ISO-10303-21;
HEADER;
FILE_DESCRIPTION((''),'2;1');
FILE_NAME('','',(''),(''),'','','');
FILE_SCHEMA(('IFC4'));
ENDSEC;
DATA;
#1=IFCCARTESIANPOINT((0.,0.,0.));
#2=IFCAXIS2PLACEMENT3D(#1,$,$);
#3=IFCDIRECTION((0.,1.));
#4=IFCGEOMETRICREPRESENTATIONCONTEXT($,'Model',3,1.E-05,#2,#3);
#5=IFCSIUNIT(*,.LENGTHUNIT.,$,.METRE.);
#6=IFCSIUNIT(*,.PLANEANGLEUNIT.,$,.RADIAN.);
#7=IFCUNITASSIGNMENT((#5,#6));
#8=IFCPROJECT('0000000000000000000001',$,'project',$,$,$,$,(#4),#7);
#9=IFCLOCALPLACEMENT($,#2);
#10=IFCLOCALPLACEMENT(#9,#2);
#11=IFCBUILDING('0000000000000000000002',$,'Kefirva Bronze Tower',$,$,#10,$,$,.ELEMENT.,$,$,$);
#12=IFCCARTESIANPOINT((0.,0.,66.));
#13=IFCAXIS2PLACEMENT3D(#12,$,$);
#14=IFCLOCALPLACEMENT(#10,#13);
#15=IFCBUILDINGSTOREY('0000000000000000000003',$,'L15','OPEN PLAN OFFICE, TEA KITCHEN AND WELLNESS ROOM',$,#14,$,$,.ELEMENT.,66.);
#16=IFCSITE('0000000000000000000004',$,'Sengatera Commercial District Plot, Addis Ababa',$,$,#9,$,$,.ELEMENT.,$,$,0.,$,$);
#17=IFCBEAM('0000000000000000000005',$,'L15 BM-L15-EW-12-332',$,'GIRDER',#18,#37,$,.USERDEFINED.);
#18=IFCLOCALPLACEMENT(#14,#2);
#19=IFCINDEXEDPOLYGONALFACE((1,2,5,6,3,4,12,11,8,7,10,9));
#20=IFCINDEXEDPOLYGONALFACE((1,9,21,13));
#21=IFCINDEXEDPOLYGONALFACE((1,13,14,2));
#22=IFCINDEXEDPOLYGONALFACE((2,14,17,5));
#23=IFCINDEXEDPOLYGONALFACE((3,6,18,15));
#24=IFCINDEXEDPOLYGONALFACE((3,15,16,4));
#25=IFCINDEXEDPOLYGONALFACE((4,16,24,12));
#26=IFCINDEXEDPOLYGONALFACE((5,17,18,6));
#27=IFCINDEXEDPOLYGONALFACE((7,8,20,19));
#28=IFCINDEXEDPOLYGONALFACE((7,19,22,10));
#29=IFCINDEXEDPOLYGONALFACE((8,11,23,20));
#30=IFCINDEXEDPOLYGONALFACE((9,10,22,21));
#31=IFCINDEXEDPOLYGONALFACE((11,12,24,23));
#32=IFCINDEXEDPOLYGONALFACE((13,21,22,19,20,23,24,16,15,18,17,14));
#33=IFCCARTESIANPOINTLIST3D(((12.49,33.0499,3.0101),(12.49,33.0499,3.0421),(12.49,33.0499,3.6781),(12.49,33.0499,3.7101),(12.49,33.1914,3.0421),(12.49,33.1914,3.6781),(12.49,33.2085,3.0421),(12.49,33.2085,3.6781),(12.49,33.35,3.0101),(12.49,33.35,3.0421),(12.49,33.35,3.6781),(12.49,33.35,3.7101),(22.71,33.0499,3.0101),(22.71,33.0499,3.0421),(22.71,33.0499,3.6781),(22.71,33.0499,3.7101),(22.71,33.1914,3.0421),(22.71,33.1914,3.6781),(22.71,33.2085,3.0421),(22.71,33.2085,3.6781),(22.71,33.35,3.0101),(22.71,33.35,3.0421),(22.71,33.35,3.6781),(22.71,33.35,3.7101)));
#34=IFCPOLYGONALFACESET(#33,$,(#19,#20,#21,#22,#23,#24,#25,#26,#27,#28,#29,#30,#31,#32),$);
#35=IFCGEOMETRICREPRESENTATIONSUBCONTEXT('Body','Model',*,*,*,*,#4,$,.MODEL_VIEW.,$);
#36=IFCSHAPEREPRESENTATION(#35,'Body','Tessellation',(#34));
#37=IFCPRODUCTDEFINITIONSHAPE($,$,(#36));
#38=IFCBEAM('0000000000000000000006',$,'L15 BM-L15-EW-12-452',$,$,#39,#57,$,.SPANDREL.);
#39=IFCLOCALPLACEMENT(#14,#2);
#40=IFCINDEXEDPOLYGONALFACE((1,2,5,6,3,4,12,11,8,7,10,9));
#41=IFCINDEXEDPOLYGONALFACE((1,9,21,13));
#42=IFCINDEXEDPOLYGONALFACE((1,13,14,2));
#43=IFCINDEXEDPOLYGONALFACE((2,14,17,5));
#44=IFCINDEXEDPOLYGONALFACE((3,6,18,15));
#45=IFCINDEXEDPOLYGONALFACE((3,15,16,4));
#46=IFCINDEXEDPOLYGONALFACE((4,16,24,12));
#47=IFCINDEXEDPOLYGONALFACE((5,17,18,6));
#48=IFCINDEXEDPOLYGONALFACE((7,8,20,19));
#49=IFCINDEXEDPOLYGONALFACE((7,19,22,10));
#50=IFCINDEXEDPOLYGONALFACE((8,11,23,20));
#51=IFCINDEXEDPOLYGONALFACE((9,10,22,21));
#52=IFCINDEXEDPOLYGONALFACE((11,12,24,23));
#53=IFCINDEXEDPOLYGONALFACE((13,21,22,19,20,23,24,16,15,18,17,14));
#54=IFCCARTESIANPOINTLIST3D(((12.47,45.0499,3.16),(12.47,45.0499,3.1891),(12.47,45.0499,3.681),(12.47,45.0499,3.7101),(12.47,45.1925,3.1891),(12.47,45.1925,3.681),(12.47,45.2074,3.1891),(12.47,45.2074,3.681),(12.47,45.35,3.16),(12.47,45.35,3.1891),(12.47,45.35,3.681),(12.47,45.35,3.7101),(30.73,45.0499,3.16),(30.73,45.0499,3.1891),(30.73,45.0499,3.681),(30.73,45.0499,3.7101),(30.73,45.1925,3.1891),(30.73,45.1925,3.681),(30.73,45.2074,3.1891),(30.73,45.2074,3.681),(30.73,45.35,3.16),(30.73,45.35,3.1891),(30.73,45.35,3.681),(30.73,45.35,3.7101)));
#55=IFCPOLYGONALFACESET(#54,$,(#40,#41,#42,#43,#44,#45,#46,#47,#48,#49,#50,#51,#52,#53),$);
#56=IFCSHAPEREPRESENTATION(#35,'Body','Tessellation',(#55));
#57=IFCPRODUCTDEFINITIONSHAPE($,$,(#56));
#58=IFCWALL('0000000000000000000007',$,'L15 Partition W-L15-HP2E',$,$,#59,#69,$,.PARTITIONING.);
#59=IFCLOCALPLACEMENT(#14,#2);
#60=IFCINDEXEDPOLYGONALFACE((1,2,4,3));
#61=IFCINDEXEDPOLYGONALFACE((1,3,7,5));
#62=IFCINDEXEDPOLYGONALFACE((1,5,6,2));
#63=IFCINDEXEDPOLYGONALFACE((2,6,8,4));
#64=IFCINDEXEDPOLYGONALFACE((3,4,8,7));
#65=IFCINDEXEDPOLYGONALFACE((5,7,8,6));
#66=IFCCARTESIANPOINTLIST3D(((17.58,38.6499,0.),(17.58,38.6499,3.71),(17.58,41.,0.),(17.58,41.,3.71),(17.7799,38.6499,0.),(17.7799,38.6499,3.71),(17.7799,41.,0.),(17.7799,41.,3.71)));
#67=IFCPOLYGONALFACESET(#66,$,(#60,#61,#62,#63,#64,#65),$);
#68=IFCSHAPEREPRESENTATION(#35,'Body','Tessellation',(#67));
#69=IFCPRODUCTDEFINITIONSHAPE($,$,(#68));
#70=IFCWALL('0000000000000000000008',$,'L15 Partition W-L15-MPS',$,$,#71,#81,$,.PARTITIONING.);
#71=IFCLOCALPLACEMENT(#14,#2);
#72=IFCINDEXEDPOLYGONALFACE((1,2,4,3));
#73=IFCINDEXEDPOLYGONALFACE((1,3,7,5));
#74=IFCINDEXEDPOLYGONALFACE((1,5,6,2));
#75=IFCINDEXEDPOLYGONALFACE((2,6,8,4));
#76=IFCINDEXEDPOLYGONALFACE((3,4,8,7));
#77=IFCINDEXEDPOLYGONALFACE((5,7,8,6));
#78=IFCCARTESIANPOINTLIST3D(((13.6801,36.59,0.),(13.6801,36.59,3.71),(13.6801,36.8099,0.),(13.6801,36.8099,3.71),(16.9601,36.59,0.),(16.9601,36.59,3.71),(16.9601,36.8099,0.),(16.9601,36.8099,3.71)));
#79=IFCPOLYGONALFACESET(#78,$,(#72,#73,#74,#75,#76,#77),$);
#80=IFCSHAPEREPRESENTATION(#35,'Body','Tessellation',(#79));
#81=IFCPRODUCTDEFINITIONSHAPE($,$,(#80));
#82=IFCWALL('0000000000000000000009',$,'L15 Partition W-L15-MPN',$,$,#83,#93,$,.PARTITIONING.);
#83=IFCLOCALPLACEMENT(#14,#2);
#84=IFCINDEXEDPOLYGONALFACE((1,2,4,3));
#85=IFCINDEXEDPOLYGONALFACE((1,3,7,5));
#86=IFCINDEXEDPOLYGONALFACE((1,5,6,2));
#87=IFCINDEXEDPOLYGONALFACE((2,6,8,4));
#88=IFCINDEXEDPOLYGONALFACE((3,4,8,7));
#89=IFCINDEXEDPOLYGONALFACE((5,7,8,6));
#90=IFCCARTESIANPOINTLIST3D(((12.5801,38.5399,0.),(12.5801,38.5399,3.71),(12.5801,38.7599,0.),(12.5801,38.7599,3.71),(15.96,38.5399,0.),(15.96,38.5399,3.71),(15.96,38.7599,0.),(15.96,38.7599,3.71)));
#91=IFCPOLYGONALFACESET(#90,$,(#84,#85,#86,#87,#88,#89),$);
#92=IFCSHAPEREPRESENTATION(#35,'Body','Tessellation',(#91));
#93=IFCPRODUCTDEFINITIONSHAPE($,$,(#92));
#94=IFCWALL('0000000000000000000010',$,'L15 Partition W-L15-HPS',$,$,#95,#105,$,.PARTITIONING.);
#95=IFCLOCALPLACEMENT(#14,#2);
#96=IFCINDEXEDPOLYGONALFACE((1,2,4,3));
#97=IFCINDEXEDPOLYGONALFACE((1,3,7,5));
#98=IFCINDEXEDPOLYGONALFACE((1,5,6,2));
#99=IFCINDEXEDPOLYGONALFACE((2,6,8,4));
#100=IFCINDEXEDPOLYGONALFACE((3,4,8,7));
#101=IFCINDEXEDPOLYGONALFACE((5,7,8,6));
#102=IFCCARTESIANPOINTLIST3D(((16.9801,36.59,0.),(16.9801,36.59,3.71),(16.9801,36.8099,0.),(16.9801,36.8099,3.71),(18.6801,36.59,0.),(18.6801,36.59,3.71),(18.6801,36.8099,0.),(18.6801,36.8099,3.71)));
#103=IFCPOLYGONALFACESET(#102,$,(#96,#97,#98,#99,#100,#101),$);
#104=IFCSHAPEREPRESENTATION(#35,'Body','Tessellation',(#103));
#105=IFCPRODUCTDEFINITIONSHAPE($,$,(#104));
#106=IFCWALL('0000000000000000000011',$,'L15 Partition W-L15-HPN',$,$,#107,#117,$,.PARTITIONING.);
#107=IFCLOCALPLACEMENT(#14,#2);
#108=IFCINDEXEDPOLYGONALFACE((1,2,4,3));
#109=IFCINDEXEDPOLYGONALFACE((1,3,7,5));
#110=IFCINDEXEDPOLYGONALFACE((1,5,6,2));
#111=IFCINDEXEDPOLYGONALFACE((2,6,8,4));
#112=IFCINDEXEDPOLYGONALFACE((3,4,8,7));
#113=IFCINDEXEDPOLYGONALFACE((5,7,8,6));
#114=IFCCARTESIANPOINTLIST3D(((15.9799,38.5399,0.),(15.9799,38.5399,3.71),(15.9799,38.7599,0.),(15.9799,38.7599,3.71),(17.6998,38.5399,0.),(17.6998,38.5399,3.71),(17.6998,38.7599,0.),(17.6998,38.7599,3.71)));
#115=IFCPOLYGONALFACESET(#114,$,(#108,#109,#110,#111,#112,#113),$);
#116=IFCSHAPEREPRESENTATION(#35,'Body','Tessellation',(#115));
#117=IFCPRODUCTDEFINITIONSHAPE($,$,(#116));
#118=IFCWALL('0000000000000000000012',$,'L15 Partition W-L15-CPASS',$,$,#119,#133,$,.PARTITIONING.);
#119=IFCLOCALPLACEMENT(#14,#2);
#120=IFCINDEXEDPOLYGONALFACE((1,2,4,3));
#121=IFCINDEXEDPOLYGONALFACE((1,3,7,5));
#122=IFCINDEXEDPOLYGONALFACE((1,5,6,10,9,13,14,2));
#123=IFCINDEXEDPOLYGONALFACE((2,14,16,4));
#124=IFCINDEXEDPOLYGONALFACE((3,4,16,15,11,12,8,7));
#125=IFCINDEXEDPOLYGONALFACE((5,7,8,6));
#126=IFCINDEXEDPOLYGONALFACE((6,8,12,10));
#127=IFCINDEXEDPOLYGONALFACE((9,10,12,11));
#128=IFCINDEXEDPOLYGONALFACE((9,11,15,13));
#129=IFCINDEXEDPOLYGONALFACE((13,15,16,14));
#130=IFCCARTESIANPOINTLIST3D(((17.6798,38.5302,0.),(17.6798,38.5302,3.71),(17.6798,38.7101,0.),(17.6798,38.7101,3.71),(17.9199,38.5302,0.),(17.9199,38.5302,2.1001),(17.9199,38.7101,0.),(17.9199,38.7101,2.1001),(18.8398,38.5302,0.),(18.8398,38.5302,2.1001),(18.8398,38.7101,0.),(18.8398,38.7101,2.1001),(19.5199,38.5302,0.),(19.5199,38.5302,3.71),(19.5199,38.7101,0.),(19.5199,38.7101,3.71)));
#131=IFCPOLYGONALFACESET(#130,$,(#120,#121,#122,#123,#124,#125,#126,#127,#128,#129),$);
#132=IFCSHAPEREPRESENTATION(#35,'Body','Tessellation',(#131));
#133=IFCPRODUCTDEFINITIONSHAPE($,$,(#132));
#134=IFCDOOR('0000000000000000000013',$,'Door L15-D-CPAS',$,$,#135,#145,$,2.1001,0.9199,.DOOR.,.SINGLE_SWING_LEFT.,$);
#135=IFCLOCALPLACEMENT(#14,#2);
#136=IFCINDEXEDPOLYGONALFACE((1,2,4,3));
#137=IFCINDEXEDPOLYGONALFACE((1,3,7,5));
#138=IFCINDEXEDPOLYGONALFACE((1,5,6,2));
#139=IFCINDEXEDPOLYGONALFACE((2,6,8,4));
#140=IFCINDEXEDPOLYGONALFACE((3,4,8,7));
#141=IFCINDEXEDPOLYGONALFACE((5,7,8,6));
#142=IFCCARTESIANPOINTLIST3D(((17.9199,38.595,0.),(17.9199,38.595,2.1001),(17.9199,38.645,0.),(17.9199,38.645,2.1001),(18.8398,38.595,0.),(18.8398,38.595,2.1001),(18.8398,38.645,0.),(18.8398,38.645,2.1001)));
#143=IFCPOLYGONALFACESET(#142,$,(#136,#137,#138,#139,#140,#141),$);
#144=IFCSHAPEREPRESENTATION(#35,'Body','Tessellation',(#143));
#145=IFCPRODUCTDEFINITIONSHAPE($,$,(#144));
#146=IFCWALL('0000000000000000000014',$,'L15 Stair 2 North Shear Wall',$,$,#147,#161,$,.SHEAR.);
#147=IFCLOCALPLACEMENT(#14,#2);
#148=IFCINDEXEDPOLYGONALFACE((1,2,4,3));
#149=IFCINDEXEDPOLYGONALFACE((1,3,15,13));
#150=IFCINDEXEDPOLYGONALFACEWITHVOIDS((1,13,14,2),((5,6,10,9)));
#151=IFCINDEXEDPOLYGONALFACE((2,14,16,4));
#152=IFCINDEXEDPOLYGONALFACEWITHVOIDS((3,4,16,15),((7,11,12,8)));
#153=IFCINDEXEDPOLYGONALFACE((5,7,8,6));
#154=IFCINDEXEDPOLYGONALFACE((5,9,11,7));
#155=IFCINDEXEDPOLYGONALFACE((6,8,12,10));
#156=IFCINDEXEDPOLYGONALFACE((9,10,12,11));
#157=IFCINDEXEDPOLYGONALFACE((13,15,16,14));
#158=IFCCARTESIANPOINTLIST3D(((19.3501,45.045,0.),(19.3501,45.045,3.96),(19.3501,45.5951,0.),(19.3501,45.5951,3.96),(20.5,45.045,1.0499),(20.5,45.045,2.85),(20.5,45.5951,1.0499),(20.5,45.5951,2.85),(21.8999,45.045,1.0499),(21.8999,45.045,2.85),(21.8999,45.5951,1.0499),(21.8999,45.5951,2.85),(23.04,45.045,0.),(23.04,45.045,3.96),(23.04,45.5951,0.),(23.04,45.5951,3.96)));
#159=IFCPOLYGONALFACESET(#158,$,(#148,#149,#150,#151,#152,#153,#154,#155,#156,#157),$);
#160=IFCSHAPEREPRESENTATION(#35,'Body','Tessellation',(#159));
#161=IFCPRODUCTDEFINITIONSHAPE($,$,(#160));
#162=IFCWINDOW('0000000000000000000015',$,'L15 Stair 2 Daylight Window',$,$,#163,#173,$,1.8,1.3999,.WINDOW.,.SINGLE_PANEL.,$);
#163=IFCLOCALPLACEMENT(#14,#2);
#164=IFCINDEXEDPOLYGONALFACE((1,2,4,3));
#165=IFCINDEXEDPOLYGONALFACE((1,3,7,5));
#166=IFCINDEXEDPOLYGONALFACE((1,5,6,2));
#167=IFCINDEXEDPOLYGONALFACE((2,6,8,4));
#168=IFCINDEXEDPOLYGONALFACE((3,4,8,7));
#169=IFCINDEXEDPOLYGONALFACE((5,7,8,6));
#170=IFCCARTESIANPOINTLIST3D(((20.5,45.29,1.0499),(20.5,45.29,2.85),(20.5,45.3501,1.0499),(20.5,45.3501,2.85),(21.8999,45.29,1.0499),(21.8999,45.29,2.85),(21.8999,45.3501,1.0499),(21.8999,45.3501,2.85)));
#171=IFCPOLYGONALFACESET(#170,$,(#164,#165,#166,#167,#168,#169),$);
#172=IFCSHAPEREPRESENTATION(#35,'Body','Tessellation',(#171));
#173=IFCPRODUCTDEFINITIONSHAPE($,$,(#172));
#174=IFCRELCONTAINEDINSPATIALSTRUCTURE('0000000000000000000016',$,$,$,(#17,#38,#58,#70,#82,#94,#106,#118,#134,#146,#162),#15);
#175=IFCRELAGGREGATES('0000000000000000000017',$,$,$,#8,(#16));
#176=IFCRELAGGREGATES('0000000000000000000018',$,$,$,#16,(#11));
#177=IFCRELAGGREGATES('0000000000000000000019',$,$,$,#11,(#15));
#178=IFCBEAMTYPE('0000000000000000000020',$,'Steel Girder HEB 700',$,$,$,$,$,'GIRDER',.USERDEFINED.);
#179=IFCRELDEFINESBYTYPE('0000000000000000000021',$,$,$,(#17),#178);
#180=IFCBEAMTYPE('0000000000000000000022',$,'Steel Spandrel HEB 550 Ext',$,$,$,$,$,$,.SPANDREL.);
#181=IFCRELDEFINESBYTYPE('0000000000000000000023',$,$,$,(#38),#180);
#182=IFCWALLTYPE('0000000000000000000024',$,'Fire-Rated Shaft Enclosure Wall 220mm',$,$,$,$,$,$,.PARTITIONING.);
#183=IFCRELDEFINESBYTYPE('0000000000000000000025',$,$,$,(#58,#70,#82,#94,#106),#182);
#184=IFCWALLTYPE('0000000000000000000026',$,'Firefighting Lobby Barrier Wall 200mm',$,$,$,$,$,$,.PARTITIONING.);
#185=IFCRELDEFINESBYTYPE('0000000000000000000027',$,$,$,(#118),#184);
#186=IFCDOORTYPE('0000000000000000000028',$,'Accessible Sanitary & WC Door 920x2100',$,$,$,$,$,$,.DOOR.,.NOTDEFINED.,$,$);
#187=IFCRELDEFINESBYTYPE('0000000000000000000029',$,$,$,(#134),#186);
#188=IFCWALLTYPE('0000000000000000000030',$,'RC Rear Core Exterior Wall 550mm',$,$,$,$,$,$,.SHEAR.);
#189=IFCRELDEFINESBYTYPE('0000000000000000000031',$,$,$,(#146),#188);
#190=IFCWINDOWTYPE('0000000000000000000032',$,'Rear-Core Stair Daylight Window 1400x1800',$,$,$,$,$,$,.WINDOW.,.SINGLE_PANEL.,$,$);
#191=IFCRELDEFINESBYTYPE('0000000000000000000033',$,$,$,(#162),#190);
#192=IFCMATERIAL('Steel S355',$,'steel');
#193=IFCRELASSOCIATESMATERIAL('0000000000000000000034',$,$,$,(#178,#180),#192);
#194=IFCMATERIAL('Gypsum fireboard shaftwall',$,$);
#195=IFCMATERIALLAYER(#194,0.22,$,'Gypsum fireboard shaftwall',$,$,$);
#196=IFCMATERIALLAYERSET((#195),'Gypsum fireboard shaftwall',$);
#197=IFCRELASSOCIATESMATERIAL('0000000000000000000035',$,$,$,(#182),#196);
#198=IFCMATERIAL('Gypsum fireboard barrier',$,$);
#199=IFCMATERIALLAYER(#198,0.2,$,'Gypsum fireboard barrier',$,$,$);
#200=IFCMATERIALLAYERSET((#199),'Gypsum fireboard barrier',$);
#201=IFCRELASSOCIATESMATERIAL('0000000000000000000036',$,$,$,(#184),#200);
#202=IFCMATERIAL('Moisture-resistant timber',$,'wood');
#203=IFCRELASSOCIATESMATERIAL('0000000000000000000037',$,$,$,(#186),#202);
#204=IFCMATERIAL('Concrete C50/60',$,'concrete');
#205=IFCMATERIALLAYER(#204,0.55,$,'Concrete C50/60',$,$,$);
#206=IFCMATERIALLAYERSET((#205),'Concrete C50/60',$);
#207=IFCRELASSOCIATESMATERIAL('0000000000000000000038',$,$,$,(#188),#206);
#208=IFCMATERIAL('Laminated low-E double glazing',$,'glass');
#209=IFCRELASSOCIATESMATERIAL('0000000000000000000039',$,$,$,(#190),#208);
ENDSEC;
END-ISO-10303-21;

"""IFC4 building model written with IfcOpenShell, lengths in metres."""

from ifc_helpers import new_model, si_unit, direction, frame, frame_2d, origin, origin_2d, place, context, subcontext, project, spatial, rectangle, i_section, extrude, material, layer, layer_set, material_profile, profile_set, type_object, element, fill, save


model = new_model("IFC4")

# Units and contexts
model_context = context("Model", 3, precision=1e-05, world=origin(), true_north=direction((0.0, 1.0)))
body_context = subcontext(model_context, "Body", "Model", "MODEL_VIEW")
ifc_project = project(units=[si_unit("LENGTHUNIT", "METRE"), si_unit("PLANEANGLEUNIT", "RADIAN")], contexts=[model_context])

# Site, building, storey
site_placement = place(None, origin())
site = spatial("IfcSite", under=ifc_project, at=site_placement, Name="Sengatera Commercial District Plot, Addis Ababa", CompositionType="ELEMENT", RefElevation=0.0)
building_placement = place(site_placement, origin())
building = spatial("IfcBuilding", under=site, at=building_placement, Name="Kefirva Bronze Tower", CompositionType="ELEMENT")
storey_placement = place(building_placement, frame((0.0, 0.0, 66.0)))
storey = spatial("IfcBuildingStorey", under=building, at=storey_placement, Name="L15", Description="OPEN PLAN OFFICE, TEA KITCHEN AND WELLNESS ROOM", CompositionType="ELEMENT", Elevation=66.0)

# Beams
ifc_material_1 = material(Name="Steel S355", Category="steel")
ifc_material_profile_1 = material_profile(ifc_material_1, i_section(OverallWidth=0.3, OverallDepth=0.7, WebThickness=0.0171, FlangeThickness=0.032, at=origin_2d()), Name="HEB 700")
ifc_profile_set_1 = profile_set([ifc_material_profile_1], Name="Steel S355")
beam_type_1 = type_object("IfcBeamType", Name="Steel Girder HEB 700", ElementType="GIRDER", PredefinedType="USERDEFINED", material=ifc_profile_set_1)
beam_1_placement = place(storey_placement, frame((12.49, 33.2, 3.3601), z_axis=(1.0, 0.0, 0.0), x_axis=(0.0, 1.0, 0.0)))
element("IfcBeam", 1, at=beam_1_placement, inside=storey, type_object=beam_type_1, Name="L15 BM-L15-EW-12-332", ObjectType="GIRDER", PredefinedType="USERDEFINED", context=body_context, shape_type="SweptSolid", body=[
    extrude(i_section(OverallWidth=0.3, OverallDepth=0.7, WebThickness=0.0171, FlangeThickness=0.032, at=origin_2d()), origin(), (0.0, 0.0, 1.0), 10.22),
])
ifc_material_profile_2 = material_profile(ifc_material_1, i_section(OverallWidth=0.3, OverallDepth=0.55, WebThickness=0.0149, FlangeThickness=0.0291, at=origin_2d()), Name="HEB 550")
ifc_profile_set_2 = profile_set([ifc_material_profile_2], Name="Steel S355")
beam_type_2 = type_object("IfcBeamType", Name="Steel Spandrel HEB 550 Ext", PredefinedType="SPANDREL", material=ifc_profile_set_2)
beam_2_placement = place(storey_placement, frame((12.47, 45.2, 3.4351), z_axis=(1.0, 0.0, 0.0), x_axis=(0.0, 1.0, 0.0)))
element("IfcBeam", 2, at=beam_2_placement, inside=storey, type_object=beam_type_2, Name="L15 BM-L15-EW-12-452", PredefinedType="SPANDREL", context=body_context, shape_type="SweptSolid", body=[
    extrude(i_section(OverallWidth=0.3, OverallDepth=0.55, WebThickness=0.0149, FlangeThickness=0.0291, at=origin_2d()), origin(), (0.0, 0.0, 1.0), 18.26),
])

# Walls
ifc_material_2 = material(Name="Gypsum fireboard shaftwall")
ifc_layer_1 = layer(ifc_material_2, 0.22, Name="Gypsum fireboard shaftwall")
ifc_layer_set_1 = layer_set([ifc_layer_1], Name="Gypsum fireboard shaftwall")
wall_type_1 = type_object("IfcWallType", Name="Fire-Rated Shaft Enclosure Wall 220mm", PredefinedType="PARTITIONING", material=ifc_layer_set_1)
wall_1_placement = place(storey_placement, frame((17.6799, 38.6499, 0.0), z_axis=(0.0, 0.0, 1.0), x_axis=(0.0, 1.0, 0.0)))
element("IfcWall", 3, at=wall_1_placement, inside=storey, type_object=wall_type_1, Name="L15 Partition W-L15-HP2E", PredefinedType="PARTITIONING", context=body_context, shape_type="SweptSolid", body=[
    extrude(rectangle(XDim=2.3501, YDim=0.2, at=frame_2d((1.175, 0.0))), origin(), (0.0, 0.0, 1.0), 3.71),
])
wall_2_placement = place(storey_placement, frame((13.6799, 36.7, 0.0), z_axis=(0.0, 0.0, 1.0), x_axis=(1.0, 0.0, 0.0)))
element("IfcWall", 4, at=wall_2_placement, inside=storey, type_object=wall_type_1, Name="L15 Partition W-L15-MPS", PredefinedType="PARTITIONING", context=body_context, shape_type="SweptSolid", body=[
    extrude(rectangle(XDim=3.28, YDim=0.22, at=frame_2d((1.6401, 0.0))), origin(), (0.0, 0.0, 1.0), 3.71),
])
wall_3_placement = place(storey_placement, frame((12.5801, 38.6499, 0.0), z_axis=(0.0, 0.0, 1.0), x_axis=(1.0, 0.0, 0.0)))
element("IfcWall", 5, at=wall_3_placement, inside=storey, type_object=wall_type_1, Name="L15 Partition W-L15-MPN", PredefinedType="PARTITIONING", context=body_context, shape_type="SweptSolid", body=[
    extrude(rectangle(XDim=3.3799, YDim=0.22, at=frame_2d((1.6899, 0.0))), origin(), (0.0, 0.0, 1.0), 3.71),
])
wall_4_placement = place(storey_placement, frame((16.98, 36.7, 0.0), z_axis=(0.0, 0.0, 1.0), x_axis=(1.0, 0.0, 0.0)))
element("IfcWall", 6, at=wall_4_placement, inside=storey, type_object=wall_type_1, Name="L15 Partition W-L15-HPS", PredefinedType="PARTITIONING", context=body_context, shape_type="SweptSolid", body=[
    extrude(rectangle(XDim=1.7, YDim=0.22, at=frame_2d((0.8501, 0.0))), origin(), (0.0, 0.0, 1.0), 3.71),
])
wall_5_placement = place(storey_placement, frame((15.98, 38.6499, 0.0), z_axis=(0.0, 0.0, 1.0), x_axis=(1.0, 0.0, 0.0)))
element("IfcWall", 7, at=wall_5_placement, inside=storey, type_object=wall_type_1, Name="L15 Partition W-L15-HPN", PredefinedType="PARTITIONING", context=body_context, shape_type="SweptSolid", body=[
    extrude(rectangle(XDim=1.72, YDim=0.22, at=frame_2d((0.8599, 0.0))), origin(), (0.0, 0.0, 1.0), 3.71),
])

# Wall, opening, door
ifc_material_3 = material(Name="Gypsum fireboard barrier")
ifc_layer_2 = layer(ifc_material_3, 0.2, Name="Gypsum fireboard barrier")
ifc_layer_set_2 = layer_set([ifc_layer_2], Name="Gypsum fireboard barrier")
wall_type_2 = type_object("IfcWallType", Name="Firefighting Lobby Barrier Wall 200mm", PredefinedType="PARTITIONING", material=ifc_layer_set_2)
wall_6_placement = place(storey_placement, frame((17.6799, 38.6201, 0.0), z_axis=(0.0, 0.0, 1.0), x_axis=(1.0, 0.0, 0.0)))
wall_6 = element("IfcWall", 8, at=wall_6_placement, inside=storey, type_object=wall_type_2, Name="L15 Partition W-L15-CPASS", PredefinedType="PARTITIONING", context=body_context, shape_type="SweptSolid", body=[
    extrude(rectangle(XDim=1.8401, YDim=0.1799, at=frame_2d((0.9199, 0.0))), origin(), (0.0, 0.0, 1.0), 3.71),
])
opening_1_placement = place(wall_6_placement, frame((0.24, 0.0, 0.0)))
opening_1 = element("IfcOpeningElement", 9, at=opening_1_placement, cuts=wall_6, PredefinedType="OPENING", context=body_context, shape_type="SweptSolid", body=[
    extrude(rectangle(XDim=0.9199, YDim=2.1001, at=frame_2d((0.46, 1.05))), frame((0.0, 0.1001, 0.0), z_axis=(0.0, -1.0, 0.0), x_axis=(1.0, 0.0, 0.0)), (0.0, 0.0, 1.0), 0.2),
])
ifc_material_4 = material(Name="Moisture-resistant timber", Category="wood")
door_type = type_object("IfcDoorType", Name="Accessible Sanitary & WC Door 920x2100", OperationType="NOTDEFINED", PredefinedType="DOOR", material=ifc_material_4)
door_placement = place(opening_1_placement, origin())
door = element("IfcDoor", 10, at=door_placement, inside=storey, type_object=door_type, Name="Door L15-D-CPAS", OperationType="SINGLE_SWING_LEFT", OverallHeight=2.1001, OverallWidth=0.9199, PredefinedType="DOOR", context=body_context, shape_type="SweptSolid", body=[
    extrude(rectangle(XDim=0.9199, YDim=2.1001, at=frame_2d((0.46, 1.05))), frame((0.0, 0.0249, 0.0), z_axis=(0.0, -1.0, 0.0), x_axis=(1.0, 0.0, 0.0)), (0.0, 0.0, 1.0), 0.05),
])
fill(opening_1, door)

# Wall, opening, window
ifc_material_5 = material(Name="Concrete C50/60", Category="concrete")
ifc_layer_3 = layer(ifc_material_5, 0.55, Name="Concrete C50/60")
ifc_layer_set_3 = layer_set([ifc_layer_3], Name="Concrete C50/60")
wall_type_3 = type_object("IfcWallType", Name="RC Rear Core Exterior Wall 550mm", PredefinedType="SHEAR", material=ifc_layer_set_3)
wall_7_placement = place(storey_placement, frame((19.3501, 45.3201, 0.0), z_axis=(0.0, 0.0, 1.0), x_axis=(1.0, 0.0, 0.0)))
wall_7 = element("IfcWall", 11, at=wall_7_placement, inside=storey, type_object=wall_type_3, Name="L15 Stair 2 North Shear Wall", PredefinedType="SHEAR", context=body_context, shape_type="SweptSolid", body=[
    extrude(rectangle(XDim=3.6899, YDim=0.55, at=frame_2d((1.845, 0.0))), origin(), (0.0, 0.0, 1.0), 3.96),
])
opening_2_placement = place(wall_7_placement, frame((1.1499, 0.0, 1.05)))
opening_2 = element("IfcOpeningElement", 12, at=opening_2_placement, cuts=wall_7, PredefinedType="OPENING", context=body_context, shape_type="SweptSolid", body=[
    extrude(rectangle(XDim=1.3999, YDim=1.8, at=frame_2d((0.7, 0.8999))), frame((0.0, 0.2852, 0.0), z_axis=(0.0, -1.0, 0.0), x_axis=(1.0, 0.0, 0.0)), (0.0, 0.0, 1.0), 0.5701),
])
ifc_material_6 = material(Name="Laminated low-E double glazing", Category="glass")
window_type = type_object("IfcWindowType", Name="Rear-Core Stair Daylight Window 1400x1800", PartitioningType="SINGLE_PANEL", PredefinedType="WINDOW", material=ifc_material_6)
window_placement = place(opening_2_placement, origin())
window = element("IfcWindow", 13, at=window_placement, inside=storey, type_object=window_type, Name="L15 Stair 2 Daylight Window", OverallHeight=1.8, OverallWidth=1.3999, PartitioningType="SINGLE_PANEL", PredefinedType="WINDOW", context=body_context, shape_type="SweptSolid", body=[
    extrude(rectangle(XDim=1.3999, YDim=1.8, at=frame_2d((0.7, 0.8999))), frame((0.0, 0.03, 0.0), z_axis=(0.0, -1.0, 0.0), x_axis=(1.0, 0.0, 0.0)), (0.0, 0.0, 1.0), 0.0601),
])
fill(opening_2, window)

save(model, "model.ifc")
